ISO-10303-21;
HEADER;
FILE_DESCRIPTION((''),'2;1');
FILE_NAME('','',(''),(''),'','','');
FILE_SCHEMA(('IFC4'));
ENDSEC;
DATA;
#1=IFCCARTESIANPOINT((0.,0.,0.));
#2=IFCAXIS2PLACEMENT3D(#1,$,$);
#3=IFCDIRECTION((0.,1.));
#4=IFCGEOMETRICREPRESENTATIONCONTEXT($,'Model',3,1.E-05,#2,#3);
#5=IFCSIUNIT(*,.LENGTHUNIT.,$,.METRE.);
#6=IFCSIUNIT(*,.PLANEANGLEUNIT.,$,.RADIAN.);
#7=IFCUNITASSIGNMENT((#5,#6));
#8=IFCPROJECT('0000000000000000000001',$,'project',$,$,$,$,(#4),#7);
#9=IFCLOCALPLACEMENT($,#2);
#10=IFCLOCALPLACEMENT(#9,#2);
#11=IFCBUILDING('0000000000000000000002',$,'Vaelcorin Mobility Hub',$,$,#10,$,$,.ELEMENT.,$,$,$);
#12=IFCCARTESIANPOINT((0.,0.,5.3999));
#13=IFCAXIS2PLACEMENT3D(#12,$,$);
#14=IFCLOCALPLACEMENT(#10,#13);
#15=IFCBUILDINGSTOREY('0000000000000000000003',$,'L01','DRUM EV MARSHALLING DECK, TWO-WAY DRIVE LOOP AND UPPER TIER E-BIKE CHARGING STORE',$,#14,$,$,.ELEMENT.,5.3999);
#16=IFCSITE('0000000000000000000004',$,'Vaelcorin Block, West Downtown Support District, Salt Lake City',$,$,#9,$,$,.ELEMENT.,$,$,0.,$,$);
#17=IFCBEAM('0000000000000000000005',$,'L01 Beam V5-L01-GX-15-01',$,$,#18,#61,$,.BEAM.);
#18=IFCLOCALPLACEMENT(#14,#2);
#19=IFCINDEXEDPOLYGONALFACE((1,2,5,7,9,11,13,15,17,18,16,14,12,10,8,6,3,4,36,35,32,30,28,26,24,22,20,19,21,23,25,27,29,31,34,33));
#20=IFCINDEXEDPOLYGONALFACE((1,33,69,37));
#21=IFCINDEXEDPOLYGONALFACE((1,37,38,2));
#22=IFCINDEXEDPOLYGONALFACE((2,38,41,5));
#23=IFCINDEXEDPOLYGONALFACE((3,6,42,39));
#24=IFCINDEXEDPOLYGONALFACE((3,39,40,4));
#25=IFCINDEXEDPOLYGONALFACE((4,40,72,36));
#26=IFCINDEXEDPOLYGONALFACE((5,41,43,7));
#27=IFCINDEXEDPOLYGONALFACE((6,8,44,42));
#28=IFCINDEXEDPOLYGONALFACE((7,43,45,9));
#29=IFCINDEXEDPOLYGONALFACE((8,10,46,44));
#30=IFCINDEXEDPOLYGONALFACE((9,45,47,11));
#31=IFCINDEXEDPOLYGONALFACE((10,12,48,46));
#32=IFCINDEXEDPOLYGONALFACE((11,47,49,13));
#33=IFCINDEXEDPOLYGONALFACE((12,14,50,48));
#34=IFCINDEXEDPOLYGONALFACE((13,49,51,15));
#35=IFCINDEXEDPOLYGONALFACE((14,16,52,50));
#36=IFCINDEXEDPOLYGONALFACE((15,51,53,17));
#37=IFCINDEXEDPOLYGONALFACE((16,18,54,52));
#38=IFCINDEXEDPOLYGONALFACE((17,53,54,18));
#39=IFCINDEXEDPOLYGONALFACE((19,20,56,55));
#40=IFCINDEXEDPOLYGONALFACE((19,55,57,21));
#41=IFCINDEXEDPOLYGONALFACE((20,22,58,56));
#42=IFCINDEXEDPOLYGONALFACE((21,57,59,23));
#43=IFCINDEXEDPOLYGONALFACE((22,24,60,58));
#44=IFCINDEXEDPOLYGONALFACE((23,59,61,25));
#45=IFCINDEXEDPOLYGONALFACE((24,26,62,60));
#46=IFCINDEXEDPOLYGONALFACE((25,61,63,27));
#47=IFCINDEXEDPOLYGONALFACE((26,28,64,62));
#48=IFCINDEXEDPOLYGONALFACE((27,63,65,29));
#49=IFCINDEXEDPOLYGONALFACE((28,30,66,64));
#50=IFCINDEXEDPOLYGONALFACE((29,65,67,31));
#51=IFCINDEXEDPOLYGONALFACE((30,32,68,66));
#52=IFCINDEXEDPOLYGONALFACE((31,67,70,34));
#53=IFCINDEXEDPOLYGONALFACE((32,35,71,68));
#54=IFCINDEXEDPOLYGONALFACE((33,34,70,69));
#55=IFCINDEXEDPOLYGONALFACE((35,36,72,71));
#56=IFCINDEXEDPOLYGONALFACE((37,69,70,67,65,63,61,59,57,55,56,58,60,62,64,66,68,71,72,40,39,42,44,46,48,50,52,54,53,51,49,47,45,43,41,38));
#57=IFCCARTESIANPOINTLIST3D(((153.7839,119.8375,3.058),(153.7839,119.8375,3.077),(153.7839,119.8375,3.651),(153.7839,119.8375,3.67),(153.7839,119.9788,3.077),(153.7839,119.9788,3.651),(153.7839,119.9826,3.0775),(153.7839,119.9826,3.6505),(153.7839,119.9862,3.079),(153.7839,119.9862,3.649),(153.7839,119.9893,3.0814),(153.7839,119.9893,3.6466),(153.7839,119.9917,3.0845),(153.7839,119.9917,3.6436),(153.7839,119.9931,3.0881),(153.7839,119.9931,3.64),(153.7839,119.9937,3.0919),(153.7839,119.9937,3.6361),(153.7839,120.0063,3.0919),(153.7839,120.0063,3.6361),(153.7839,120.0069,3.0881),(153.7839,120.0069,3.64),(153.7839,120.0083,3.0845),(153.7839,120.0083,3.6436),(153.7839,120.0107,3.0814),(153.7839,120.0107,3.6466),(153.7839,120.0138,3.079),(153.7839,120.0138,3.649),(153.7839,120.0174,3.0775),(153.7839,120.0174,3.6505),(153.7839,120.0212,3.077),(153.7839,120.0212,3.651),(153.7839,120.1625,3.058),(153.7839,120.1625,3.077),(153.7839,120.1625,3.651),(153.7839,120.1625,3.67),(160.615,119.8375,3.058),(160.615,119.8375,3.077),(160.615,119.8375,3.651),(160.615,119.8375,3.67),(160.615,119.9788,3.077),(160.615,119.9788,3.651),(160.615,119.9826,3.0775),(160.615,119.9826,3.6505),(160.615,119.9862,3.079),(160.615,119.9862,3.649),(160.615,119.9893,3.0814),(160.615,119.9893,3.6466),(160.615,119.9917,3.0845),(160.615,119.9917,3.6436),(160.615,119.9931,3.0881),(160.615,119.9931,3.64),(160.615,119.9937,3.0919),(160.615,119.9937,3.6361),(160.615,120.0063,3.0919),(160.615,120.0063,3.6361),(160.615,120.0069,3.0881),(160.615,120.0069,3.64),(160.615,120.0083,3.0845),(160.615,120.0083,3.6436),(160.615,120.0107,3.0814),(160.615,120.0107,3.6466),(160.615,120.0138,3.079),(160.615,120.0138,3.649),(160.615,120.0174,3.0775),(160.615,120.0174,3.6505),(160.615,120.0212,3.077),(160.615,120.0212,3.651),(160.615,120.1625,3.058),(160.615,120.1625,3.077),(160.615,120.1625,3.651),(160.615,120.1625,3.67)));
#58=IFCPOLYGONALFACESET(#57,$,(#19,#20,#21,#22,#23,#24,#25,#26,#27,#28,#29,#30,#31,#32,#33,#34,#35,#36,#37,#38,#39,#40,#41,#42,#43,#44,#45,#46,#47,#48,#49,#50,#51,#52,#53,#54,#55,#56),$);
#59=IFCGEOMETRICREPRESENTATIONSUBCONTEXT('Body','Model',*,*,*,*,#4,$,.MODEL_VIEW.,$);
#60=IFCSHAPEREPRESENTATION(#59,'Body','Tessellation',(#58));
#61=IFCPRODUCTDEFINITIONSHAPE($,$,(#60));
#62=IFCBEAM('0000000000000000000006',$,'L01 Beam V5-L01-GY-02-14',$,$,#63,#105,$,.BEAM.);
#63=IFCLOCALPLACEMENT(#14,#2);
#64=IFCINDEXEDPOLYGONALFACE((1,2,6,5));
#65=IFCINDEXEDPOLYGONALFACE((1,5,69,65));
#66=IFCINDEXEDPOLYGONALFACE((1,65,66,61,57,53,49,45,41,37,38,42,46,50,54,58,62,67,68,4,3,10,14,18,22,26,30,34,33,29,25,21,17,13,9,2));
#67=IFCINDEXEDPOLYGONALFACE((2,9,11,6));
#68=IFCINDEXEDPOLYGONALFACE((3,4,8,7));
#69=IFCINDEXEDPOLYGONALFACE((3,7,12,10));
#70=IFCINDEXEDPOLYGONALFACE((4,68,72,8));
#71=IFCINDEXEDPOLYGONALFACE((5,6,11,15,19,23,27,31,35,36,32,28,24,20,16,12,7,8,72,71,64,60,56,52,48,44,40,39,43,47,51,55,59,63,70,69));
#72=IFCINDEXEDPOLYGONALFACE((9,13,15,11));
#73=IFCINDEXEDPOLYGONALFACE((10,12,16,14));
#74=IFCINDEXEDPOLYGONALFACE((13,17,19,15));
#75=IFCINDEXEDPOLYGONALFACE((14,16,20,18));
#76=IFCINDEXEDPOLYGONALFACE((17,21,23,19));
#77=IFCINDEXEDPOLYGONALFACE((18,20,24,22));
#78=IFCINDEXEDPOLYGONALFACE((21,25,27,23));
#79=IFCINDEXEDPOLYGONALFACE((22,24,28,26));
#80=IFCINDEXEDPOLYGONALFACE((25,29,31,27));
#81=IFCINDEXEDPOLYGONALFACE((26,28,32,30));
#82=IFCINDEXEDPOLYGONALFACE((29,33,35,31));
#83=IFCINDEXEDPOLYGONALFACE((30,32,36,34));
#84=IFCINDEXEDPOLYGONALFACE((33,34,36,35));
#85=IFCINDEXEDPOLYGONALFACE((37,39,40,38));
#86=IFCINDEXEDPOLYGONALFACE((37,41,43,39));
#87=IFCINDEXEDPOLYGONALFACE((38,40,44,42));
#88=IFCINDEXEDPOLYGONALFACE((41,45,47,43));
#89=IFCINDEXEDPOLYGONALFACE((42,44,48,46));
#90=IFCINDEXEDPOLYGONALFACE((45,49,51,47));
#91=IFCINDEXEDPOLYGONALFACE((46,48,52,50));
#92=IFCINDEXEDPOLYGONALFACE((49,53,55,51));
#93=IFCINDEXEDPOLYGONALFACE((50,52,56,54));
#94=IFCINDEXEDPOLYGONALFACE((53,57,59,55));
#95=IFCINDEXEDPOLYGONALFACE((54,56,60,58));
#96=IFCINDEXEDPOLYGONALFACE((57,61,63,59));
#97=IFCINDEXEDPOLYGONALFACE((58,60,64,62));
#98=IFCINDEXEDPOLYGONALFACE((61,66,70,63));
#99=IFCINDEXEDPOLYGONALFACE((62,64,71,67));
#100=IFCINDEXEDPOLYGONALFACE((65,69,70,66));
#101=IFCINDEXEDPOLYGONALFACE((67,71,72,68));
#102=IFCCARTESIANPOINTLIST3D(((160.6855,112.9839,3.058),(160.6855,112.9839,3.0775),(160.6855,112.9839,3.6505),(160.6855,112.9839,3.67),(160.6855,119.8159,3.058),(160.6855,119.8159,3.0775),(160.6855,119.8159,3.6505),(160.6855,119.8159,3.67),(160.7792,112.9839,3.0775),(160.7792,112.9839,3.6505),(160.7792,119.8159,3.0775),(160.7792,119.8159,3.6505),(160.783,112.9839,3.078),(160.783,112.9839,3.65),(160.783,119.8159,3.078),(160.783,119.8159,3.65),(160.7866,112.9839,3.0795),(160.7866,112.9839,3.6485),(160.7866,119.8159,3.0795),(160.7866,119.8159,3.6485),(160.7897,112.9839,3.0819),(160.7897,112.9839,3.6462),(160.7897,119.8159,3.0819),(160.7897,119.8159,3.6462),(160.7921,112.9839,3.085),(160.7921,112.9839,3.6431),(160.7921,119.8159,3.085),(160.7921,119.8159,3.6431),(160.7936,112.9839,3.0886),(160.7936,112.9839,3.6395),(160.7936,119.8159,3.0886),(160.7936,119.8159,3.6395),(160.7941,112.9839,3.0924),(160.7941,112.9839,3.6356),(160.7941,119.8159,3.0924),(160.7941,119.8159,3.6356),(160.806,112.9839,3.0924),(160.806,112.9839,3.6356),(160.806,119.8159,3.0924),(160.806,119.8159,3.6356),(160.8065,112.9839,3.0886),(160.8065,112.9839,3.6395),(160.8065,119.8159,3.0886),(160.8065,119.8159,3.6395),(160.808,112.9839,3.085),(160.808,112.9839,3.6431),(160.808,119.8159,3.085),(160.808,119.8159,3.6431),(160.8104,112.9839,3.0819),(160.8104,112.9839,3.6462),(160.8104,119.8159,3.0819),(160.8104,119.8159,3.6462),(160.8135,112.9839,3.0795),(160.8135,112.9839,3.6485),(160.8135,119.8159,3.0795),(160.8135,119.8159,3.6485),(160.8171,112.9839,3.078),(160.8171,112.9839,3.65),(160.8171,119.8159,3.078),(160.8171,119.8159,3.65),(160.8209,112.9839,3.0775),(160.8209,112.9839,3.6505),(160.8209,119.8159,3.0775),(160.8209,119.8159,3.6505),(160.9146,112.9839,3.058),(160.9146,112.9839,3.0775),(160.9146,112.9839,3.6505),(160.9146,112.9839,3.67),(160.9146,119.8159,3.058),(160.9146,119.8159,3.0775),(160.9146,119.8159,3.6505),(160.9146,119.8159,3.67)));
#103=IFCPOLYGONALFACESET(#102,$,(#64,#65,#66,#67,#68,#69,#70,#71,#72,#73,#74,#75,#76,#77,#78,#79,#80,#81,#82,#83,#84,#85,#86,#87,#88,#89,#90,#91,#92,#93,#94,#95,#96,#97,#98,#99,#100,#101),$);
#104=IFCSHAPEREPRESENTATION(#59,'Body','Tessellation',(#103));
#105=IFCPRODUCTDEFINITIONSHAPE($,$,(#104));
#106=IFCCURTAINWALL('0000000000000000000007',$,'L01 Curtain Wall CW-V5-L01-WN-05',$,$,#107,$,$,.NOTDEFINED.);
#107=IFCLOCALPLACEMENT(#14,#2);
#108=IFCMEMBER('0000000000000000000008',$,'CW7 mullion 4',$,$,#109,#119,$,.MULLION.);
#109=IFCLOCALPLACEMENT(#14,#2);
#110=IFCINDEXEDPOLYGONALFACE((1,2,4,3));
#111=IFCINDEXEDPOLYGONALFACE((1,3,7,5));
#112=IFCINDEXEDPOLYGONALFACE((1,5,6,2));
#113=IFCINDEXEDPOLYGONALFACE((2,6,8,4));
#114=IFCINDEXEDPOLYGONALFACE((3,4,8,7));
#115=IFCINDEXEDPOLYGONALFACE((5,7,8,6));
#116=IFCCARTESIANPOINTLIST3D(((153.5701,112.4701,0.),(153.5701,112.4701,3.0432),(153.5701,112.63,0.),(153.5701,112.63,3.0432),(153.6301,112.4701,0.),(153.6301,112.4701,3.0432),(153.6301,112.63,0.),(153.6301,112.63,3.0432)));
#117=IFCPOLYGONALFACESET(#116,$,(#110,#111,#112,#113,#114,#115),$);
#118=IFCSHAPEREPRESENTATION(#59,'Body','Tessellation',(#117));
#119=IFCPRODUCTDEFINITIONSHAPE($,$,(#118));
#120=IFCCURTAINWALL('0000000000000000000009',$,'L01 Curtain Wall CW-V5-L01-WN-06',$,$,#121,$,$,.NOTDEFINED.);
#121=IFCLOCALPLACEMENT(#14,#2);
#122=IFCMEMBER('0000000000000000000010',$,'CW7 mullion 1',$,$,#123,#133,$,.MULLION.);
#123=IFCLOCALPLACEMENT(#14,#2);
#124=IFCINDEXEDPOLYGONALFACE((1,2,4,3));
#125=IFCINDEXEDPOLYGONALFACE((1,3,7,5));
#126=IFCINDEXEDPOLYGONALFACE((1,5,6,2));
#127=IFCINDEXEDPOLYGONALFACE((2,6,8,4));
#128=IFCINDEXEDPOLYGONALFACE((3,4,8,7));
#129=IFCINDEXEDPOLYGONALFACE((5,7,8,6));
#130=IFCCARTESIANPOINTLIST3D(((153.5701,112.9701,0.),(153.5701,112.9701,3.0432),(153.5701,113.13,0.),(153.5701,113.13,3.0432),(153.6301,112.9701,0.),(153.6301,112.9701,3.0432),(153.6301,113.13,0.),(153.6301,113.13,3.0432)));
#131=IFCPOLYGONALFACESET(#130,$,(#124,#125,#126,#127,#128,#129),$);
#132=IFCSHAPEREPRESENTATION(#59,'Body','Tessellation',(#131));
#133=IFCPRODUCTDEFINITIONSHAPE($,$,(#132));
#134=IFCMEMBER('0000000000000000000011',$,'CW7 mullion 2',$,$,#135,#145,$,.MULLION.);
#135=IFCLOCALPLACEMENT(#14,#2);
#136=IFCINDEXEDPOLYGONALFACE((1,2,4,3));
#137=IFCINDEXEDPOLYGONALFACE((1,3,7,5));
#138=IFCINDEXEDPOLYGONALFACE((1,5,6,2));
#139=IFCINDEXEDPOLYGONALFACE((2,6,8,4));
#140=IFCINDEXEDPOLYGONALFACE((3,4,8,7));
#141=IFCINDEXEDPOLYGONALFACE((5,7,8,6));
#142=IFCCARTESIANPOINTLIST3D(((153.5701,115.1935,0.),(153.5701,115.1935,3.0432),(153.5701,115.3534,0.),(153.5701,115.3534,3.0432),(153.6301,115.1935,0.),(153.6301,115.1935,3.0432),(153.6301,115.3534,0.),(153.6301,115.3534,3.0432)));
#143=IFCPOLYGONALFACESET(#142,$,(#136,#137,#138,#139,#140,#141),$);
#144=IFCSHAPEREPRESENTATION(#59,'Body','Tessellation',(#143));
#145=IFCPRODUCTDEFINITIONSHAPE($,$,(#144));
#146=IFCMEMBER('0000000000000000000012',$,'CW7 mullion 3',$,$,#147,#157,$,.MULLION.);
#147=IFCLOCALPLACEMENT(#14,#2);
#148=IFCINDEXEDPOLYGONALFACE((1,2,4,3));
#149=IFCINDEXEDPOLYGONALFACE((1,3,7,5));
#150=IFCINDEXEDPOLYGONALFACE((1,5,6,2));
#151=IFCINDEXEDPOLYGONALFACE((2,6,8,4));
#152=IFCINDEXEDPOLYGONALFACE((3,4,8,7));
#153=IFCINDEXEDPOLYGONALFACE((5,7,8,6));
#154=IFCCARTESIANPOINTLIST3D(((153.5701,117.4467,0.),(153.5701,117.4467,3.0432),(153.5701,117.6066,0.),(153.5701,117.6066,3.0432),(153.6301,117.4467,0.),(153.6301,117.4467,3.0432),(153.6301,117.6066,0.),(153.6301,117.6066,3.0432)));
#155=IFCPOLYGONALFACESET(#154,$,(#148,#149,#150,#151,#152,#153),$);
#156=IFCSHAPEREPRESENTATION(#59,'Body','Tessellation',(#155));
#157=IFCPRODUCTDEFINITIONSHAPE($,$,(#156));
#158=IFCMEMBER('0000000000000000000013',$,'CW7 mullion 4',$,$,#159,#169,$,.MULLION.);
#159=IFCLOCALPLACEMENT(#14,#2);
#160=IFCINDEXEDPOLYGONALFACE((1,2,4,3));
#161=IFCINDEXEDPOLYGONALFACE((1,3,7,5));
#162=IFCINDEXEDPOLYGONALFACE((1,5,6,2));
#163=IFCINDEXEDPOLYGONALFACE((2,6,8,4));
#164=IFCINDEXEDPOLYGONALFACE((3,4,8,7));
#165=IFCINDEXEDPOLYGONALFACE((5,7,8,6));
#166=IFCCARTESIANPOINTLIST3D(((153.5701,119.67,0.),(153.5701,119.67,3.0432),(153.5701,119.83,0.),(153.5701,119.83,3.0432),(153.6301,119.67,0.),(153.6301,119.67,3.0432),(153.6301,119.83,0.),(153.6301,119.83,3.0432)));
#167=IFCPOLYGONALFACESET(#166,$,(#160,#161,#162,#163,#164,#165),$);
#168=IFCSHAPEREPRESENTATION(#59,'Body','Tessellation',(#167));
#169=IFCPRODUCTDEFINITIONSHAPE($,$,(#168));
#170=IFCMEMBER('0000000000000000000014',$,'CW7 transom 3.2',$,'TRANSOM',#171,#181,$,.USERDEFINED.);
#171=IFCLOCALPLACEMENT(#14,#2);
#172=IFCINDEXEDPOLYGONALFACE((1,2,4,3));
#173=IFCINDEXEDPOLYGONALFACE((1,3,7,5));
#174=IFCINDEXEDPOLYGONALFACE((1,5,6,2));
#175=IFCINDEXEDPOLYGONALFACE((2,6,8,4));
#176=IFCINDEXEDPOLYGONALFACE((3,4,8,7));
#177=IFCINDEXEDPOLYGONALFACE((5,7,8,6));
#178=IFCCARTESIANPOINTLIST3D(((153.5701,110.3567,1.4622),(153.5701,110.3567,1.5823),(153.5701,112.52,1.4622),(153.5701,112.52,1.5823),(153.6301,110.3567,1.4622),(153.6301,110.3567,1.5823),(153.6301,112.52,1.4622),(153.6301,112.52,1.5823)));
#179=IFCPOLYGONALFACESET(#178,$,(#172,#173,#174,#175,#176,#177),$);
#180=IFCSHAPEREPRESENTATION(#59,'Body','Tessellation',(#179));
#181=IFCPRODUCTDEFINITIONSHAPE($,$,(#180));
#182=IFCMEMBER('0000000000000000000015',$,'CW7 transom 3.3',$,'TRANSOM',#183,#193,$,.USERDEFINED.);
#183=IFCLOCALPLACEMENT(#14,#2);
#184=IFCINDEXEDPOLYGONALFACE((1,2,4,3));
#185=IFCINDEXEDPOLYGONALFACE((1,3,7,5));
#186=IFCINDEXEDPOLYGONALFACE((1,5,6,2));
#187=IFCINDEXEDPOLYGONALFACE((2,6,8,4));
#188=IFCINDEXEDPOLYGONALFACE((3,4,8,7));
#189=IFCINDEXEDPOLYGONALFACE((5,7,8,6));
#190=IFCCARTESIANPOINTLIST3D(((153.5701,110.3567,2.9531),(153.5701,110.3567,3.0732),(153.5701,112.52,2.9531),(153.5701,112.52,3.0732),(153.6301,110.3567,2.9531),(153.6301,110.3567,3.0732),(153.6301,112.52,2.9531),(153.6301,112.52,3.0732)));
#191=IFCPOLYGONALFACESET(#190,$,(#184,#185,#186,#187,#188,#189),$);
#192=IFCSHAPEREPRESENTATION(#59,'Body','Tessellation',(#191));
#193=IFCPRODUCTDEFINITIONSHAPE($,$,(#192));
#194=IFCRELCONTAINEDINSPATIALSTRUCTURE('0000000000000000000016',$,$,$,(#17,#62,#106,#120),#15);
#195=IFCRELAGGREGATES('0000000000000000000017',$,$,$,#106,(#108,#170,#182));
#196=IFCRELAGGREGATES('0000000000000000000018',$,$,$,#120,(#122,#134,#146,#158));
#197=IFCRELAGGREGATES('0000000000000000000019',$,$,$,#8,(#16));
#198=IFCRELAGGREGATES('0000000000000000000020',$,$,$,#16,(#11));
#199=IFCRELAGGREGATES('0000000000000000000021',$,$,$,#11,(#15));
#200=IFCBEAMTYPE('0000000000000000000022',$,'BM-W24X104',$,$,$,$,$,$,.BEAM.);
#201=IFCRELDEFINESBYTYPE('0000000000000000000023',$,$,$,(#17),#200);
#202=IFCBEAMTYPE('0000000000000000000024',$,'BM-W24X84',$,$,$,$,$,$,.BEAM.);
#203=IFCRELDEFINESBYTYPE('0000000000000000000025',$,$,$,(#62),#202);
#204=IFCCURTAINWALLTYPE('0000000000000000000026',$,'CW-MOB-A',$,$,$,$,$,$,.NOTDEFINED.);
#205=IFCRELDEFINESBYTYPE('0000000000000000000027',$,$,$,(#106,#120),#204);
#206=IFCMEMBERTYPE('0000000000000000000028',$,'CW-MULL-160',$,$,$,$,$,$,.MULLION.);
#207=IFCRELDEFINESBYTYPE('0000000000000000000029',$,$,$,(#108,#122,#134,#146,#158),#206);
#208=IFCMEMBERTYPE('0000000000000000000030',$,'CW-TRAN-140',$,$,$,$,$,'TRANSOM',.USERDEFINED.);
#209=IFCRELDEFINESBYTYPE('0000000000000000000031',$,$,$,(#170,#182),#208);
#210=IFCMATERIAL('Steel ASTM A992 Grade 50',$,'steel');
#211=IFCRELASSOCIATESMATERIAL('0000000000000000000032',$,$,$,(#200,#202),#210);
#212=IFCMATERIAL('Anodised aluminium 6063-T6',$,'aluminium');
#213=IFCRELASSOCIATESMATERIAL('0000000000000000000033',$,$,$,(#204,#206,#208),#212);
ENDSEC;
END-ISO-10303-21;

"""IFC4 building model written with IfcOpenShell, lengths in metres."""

from ifc_helpers import new_model, si_unit, direction, frame, origin, origin_2d, place, context, subcontext, project, spatial, rectangle, i_section, extrude, material, material_profile, profile_set, type_object, element, aggregate, save


model = new_model("IFC4")

# Units and contexts
model_context = context("Model", 3, precision=1e-05, world=origin(), true_north=direction((0.0, 1.0)))
body_context = subcontext(model_context, "Body", "Model", "MODEL_VIEW")
ifc_project = project(units=[si_unit("LENGTHUNIT", "METRE"), si_unit("PLANEANGLEUNIT", "RADIAN")], contexts=[model_context])

# Site, building, storey
site_placement = place(None, origin())
site = spatial("IfcSite", under=ifc_project, at=site_placement, Name="Vaelcorin Block, West Downtown Support District, Salt Lake City", CompositionType="ELEMENT", RefElevation=0.0)
building_placement = place(site_placement, origin())
building = spatial("IfcBuilding", under=site, at=building_placement, Name="Vaelcorin Mobility Hub", CompositionType="ELEMENT")
storey_placement = place(building_placement, frame((0.0, 0.0, 5.3999)))
storey = spatial("IfcBuildingStorey", under=building, at=storey_placement, Name="L01", Description="DRUM EV MARSHALLING DECK, TWO-WAY DRIVE LOOP AND UPPER TIER E-BIKE CHARGING STORE", CompositionType="ELEMENT", Elevation=5.3999)

# Shared definitions
ifc_material_1 = material(Name="Steel ASTM A992 Grade 50", Category="steel")

# Beams
ifc_material_profile_1 = material_profile(ifc_material_1, i_section(OverallWidth=0.325, OverallDepth=0.6121, WebThickness=0.0127, FlangeThickness=0.019, FilletRadius=0.0149, at=origin_2d()), Name="W24X104")
ifc_profile_set_1 = profile_set([ifc_material_profile_1], Name="Steel ASTM A992 Grade 50")
beam_type_1 = type_object("IfcBeamType", Name="BM-W24X104", PredefinedType="BEAM", material=ifc_profile_set_1)
beam_1_placement = place(storey_placement, frame((153.7839, 120.0, 3.364), z_axis=(1.0, 0.0, 0.0), x_axis=(0.0, 1.0, 0.0)))
element("IfcBeam", 1, at=beam_1_placement, inside=storey, type_object=beam_type_1, Name="L01 Beam V5-L01-GX-15-01", PredefinedType="BEAM", context=body_context, shape_type="SweptSolid", body=[
    extrude(i_section(OverallWidth=0.325, OverallDepth=0.6121, WebThickness=0.0127, FlangeThickness=0.019, FilletRadius=0.0149, at=origin_2d()), origin(), (0.0, 0.0, 1.0), 6.8311),
])
ifc_material_profile_2 = material_profile(ifc_material_1, i_section(OverallWidth=0.229, OverallDepth=0.6121, WebThickness=0.012, FlangeThickness=0.0195, FilletRadius=0.0149, at=origin_2d()), Name="W24X84")
ifc_profile_set_2 = profile_set([ifc_material_profile_2], Name="Steel ASTM A992 Grade 50")
beam_type_2 = type_object("IfcBeamType", Name="BM-W24X84", PredefinedType="BEAM", material=ifc_profile_set_2)
beam_2_placement = place(storey_placement, frame((160.8, 112.9839, 3.364), z_axis=(0.0, 1.0, 0.0), x_axis=(-1.0, 0.0, 0.0)))
element("IfcBeam", 2, at=beam_2_placement, inside=storey, type_object=beam_type_2, Name="L01 Beam V5-L01-GY-02-14", PredefinedType="BEAM", context=body_context, shape_type="SweptSolid", body=[
    extrude(i_section(OverallWidth=0.229, OverallDepth=0.6121, WebThickness=0.012, FlangeThickness=0.0195, FilletRadius=0.0149, at=origin_2d()), origin(), (0.0, 0.0, 1.0), 6.832),
])

# Curtain wall, member
ifc_material_2 = material(Name="Anodised aluminium 6063-T6", Category="aluminium")
curtain_wall_type = type_object("IfcCurtainWallType", Name="CW-MOB-A", PredefinedType="NOTDEFINED", material=ifc_material_2)
curtain_wall_1_placement = place(storey_placement, origin())
curtain_wall_1 = element("IfcCurtainWall", 3, at=curtain_wall_1_placement, inside=storey, type_object=curtain_wall_type, Name="L01 Curtain Wall CW-V5-L01-WN-05", PredefinedType="NOTDEFINED")
ifc_material_profile_3 = material_profile(ifc_material_2, rectangle(XDim=0.0601, YDim=0.1599, at=origin_2d()), Name="ALU-M60X160")
ifc_profile_set_3 = profile_set([ifc_material_profile_3], Name="Anodised aluminium 6063-T6")
member_type_1 = type_object("IfcMemberType", Name="CW-MULL-160", PredefinedType="MULLION", material=ifc_profile_set_3)
member_1_placement = place(storey_placement, frame((153.6001, 112.55, 0.0), z_axis=(0.0, 0.0, 1.0), x_axis=(-1.0, 0.0, 0.0)))
member_1 = element("IfcMember", 4, at=member_1_placement, type_object=member_type_1, Name="CW7 mullion 4", PredefinedType="MULLION", context=body_context, shape_type="SweptSolid", body=[
    extrude(rectangle(XDim=0.0601, YDim=0.1599, at=origin_2d()), origin(), (0.0, 0.0, 1.0), 3.0432),
])

# Curtain wall, members
curtain_wall_2_placement = place(storey_placement, origin())
curtain_wall_2 = element("IfcCurtainWall", 5, at=curtain_wall_2_placement, inside=storey, type_object=curtain_wall_type, Name="L01 Curtain Wall CW-V5-L01-WN-06", PredefinedType="NOTDEFINED")
member_2_placement = place(storey_placement, frame((153.6001, 113.05, 0.0), z_axis=(0.0, 0.0, 1.0), x_axis=(-1.0, 0.0, 0.0)))
member_2 = element("IfcMember", 6, at=member_2_placement, type_object=member_type_1, Name="CW7 mullion 1", PredefinedType="MULLION", context=body_context, shape_type="SweptSolid", body=[
    extrude(rectangle(XDim=0.0601, YDim=0.1599, at=origin_2d()), origin(), (0.0, 0.0, 1.0), 3.0432),
])
member_3_placement = place(storey_placement, frame((153.6001, 115.2734, 0.0), z_axis=(0.0, 0.0, 1.0), x_axis=(-1.0, 0.0, 0.0)))
member_3 = element("IfcMember", 7, at=member_3_placement, type_object=member_type_1, Name="CW7 mullion 2", PredefinedType="MULLION", context=body_context, shape_type="SweptSolid", body=[
    extrude(rectangle(XDim=0.0601, YDim=0.1599, at=origin_2d()), origin(), (0.0, 0.0, 1.0), 3.0432),
])
member_4_placement = place(storey_placement, frame((153.6001, 117.5266, 0.0), z_axis=(0.0, 0.0, 1.0), x_axis=(-1.0, 0.0, 0.0)))
member_4 = element("IfcMember", 8, at=member_4_placement, type_object=member_type_1, Name="CW7 mullion 3", PredefinedType="MULLION", context=body_context, shape_type="SweptSolid", body=[
    extrude(rectangle(XDim=0.0601, YDim=0.1599, at=origin_2d()), origin(), (0.0, 0.0, 1.0), 3.0432),
])
member_5_placement = place(storey_placement, frame((153.6001, 119.75, 0.0), z_axis=(0.0, 0.0, 1.0), x_axis=(-1.0, 0.0, 0.0)))
member_5 = element("IfcMember", 9, at=member_5_placement, type_object=member_type_1, Name="CW7 mullion 4", PredefinedType="MULLION", context=body_context, shape_type="SweptSolid", body=[
    extrude(rectangle(XDim=0.0601, YDim=0.1599, at=origin_2d()), origin(), (0.0, 0.0, 1.0), 3.0432),
])

# Members
ifc_material_profile_4 = material_profile(ifc_material_2, rectangle(XDim=0.0601, YDim=0.1201, at=origin_2d()), Name="ALU-T60X120")
ifc_profile_set_4 = profile_set([ifc_material_profile_4], Name="Anodised aluminium 6063-T6")
member_type_2 = type_object("IfcMemberType", Name="CW-TRAN-140", ElementType="TRANSOM", PredefinedType="USERDEFINED", material=ifc_profile_set_4)
member_6_placement = place(storey_placement, frame((153.6001, 110.3567, 1.5222), z_axis=(0.0, 1.0, 0.0), x_axis=(-1.0, 0.0, 0.0)))
member_6 = element("IfcMember", 10, at=member_6_placement, type_object=member_type_2, Name="CW7 transom 3.2", ObjectType="TRANSOM", PredefinedType="USERDEFINED", context=body_context, shape_type="SweptSolid", body=[
    extrude(rectangle(XDim=0.0601, YDim=0.1201, at=origin_2d()), origin(), (0.0, 0.0, 1.0), 2.1633),
])
member_7_placement = place(storey_placement, frame((153.6001, 110.3567, 3.0132), z_axis=(0.0, 1.0, 0.0), x_axis=(-1.0, 0.0, 0.0)))
member_7 = element("IfcMember", 11, at=member_7_placement, type_object=member_type_2, Name="CW7 transom 3.3", ObjectType="TRANSOM", PredefinedType="USERDEFINED", context=body_context, shape_type="SweptSolid", body=[
    extrude(rectangle(XDim=0.0601, YDim=0.1201, at=origin_2d()), origin(), (0.0, 0.0, 1.0), 2.1633),
])

aggregate(curtain_wall_1, [member_1, member_6, member_7])
aggregate(curtain_wall_2, [member_2, member_3, member_4, member_5])

save(model, "model.ifc")
